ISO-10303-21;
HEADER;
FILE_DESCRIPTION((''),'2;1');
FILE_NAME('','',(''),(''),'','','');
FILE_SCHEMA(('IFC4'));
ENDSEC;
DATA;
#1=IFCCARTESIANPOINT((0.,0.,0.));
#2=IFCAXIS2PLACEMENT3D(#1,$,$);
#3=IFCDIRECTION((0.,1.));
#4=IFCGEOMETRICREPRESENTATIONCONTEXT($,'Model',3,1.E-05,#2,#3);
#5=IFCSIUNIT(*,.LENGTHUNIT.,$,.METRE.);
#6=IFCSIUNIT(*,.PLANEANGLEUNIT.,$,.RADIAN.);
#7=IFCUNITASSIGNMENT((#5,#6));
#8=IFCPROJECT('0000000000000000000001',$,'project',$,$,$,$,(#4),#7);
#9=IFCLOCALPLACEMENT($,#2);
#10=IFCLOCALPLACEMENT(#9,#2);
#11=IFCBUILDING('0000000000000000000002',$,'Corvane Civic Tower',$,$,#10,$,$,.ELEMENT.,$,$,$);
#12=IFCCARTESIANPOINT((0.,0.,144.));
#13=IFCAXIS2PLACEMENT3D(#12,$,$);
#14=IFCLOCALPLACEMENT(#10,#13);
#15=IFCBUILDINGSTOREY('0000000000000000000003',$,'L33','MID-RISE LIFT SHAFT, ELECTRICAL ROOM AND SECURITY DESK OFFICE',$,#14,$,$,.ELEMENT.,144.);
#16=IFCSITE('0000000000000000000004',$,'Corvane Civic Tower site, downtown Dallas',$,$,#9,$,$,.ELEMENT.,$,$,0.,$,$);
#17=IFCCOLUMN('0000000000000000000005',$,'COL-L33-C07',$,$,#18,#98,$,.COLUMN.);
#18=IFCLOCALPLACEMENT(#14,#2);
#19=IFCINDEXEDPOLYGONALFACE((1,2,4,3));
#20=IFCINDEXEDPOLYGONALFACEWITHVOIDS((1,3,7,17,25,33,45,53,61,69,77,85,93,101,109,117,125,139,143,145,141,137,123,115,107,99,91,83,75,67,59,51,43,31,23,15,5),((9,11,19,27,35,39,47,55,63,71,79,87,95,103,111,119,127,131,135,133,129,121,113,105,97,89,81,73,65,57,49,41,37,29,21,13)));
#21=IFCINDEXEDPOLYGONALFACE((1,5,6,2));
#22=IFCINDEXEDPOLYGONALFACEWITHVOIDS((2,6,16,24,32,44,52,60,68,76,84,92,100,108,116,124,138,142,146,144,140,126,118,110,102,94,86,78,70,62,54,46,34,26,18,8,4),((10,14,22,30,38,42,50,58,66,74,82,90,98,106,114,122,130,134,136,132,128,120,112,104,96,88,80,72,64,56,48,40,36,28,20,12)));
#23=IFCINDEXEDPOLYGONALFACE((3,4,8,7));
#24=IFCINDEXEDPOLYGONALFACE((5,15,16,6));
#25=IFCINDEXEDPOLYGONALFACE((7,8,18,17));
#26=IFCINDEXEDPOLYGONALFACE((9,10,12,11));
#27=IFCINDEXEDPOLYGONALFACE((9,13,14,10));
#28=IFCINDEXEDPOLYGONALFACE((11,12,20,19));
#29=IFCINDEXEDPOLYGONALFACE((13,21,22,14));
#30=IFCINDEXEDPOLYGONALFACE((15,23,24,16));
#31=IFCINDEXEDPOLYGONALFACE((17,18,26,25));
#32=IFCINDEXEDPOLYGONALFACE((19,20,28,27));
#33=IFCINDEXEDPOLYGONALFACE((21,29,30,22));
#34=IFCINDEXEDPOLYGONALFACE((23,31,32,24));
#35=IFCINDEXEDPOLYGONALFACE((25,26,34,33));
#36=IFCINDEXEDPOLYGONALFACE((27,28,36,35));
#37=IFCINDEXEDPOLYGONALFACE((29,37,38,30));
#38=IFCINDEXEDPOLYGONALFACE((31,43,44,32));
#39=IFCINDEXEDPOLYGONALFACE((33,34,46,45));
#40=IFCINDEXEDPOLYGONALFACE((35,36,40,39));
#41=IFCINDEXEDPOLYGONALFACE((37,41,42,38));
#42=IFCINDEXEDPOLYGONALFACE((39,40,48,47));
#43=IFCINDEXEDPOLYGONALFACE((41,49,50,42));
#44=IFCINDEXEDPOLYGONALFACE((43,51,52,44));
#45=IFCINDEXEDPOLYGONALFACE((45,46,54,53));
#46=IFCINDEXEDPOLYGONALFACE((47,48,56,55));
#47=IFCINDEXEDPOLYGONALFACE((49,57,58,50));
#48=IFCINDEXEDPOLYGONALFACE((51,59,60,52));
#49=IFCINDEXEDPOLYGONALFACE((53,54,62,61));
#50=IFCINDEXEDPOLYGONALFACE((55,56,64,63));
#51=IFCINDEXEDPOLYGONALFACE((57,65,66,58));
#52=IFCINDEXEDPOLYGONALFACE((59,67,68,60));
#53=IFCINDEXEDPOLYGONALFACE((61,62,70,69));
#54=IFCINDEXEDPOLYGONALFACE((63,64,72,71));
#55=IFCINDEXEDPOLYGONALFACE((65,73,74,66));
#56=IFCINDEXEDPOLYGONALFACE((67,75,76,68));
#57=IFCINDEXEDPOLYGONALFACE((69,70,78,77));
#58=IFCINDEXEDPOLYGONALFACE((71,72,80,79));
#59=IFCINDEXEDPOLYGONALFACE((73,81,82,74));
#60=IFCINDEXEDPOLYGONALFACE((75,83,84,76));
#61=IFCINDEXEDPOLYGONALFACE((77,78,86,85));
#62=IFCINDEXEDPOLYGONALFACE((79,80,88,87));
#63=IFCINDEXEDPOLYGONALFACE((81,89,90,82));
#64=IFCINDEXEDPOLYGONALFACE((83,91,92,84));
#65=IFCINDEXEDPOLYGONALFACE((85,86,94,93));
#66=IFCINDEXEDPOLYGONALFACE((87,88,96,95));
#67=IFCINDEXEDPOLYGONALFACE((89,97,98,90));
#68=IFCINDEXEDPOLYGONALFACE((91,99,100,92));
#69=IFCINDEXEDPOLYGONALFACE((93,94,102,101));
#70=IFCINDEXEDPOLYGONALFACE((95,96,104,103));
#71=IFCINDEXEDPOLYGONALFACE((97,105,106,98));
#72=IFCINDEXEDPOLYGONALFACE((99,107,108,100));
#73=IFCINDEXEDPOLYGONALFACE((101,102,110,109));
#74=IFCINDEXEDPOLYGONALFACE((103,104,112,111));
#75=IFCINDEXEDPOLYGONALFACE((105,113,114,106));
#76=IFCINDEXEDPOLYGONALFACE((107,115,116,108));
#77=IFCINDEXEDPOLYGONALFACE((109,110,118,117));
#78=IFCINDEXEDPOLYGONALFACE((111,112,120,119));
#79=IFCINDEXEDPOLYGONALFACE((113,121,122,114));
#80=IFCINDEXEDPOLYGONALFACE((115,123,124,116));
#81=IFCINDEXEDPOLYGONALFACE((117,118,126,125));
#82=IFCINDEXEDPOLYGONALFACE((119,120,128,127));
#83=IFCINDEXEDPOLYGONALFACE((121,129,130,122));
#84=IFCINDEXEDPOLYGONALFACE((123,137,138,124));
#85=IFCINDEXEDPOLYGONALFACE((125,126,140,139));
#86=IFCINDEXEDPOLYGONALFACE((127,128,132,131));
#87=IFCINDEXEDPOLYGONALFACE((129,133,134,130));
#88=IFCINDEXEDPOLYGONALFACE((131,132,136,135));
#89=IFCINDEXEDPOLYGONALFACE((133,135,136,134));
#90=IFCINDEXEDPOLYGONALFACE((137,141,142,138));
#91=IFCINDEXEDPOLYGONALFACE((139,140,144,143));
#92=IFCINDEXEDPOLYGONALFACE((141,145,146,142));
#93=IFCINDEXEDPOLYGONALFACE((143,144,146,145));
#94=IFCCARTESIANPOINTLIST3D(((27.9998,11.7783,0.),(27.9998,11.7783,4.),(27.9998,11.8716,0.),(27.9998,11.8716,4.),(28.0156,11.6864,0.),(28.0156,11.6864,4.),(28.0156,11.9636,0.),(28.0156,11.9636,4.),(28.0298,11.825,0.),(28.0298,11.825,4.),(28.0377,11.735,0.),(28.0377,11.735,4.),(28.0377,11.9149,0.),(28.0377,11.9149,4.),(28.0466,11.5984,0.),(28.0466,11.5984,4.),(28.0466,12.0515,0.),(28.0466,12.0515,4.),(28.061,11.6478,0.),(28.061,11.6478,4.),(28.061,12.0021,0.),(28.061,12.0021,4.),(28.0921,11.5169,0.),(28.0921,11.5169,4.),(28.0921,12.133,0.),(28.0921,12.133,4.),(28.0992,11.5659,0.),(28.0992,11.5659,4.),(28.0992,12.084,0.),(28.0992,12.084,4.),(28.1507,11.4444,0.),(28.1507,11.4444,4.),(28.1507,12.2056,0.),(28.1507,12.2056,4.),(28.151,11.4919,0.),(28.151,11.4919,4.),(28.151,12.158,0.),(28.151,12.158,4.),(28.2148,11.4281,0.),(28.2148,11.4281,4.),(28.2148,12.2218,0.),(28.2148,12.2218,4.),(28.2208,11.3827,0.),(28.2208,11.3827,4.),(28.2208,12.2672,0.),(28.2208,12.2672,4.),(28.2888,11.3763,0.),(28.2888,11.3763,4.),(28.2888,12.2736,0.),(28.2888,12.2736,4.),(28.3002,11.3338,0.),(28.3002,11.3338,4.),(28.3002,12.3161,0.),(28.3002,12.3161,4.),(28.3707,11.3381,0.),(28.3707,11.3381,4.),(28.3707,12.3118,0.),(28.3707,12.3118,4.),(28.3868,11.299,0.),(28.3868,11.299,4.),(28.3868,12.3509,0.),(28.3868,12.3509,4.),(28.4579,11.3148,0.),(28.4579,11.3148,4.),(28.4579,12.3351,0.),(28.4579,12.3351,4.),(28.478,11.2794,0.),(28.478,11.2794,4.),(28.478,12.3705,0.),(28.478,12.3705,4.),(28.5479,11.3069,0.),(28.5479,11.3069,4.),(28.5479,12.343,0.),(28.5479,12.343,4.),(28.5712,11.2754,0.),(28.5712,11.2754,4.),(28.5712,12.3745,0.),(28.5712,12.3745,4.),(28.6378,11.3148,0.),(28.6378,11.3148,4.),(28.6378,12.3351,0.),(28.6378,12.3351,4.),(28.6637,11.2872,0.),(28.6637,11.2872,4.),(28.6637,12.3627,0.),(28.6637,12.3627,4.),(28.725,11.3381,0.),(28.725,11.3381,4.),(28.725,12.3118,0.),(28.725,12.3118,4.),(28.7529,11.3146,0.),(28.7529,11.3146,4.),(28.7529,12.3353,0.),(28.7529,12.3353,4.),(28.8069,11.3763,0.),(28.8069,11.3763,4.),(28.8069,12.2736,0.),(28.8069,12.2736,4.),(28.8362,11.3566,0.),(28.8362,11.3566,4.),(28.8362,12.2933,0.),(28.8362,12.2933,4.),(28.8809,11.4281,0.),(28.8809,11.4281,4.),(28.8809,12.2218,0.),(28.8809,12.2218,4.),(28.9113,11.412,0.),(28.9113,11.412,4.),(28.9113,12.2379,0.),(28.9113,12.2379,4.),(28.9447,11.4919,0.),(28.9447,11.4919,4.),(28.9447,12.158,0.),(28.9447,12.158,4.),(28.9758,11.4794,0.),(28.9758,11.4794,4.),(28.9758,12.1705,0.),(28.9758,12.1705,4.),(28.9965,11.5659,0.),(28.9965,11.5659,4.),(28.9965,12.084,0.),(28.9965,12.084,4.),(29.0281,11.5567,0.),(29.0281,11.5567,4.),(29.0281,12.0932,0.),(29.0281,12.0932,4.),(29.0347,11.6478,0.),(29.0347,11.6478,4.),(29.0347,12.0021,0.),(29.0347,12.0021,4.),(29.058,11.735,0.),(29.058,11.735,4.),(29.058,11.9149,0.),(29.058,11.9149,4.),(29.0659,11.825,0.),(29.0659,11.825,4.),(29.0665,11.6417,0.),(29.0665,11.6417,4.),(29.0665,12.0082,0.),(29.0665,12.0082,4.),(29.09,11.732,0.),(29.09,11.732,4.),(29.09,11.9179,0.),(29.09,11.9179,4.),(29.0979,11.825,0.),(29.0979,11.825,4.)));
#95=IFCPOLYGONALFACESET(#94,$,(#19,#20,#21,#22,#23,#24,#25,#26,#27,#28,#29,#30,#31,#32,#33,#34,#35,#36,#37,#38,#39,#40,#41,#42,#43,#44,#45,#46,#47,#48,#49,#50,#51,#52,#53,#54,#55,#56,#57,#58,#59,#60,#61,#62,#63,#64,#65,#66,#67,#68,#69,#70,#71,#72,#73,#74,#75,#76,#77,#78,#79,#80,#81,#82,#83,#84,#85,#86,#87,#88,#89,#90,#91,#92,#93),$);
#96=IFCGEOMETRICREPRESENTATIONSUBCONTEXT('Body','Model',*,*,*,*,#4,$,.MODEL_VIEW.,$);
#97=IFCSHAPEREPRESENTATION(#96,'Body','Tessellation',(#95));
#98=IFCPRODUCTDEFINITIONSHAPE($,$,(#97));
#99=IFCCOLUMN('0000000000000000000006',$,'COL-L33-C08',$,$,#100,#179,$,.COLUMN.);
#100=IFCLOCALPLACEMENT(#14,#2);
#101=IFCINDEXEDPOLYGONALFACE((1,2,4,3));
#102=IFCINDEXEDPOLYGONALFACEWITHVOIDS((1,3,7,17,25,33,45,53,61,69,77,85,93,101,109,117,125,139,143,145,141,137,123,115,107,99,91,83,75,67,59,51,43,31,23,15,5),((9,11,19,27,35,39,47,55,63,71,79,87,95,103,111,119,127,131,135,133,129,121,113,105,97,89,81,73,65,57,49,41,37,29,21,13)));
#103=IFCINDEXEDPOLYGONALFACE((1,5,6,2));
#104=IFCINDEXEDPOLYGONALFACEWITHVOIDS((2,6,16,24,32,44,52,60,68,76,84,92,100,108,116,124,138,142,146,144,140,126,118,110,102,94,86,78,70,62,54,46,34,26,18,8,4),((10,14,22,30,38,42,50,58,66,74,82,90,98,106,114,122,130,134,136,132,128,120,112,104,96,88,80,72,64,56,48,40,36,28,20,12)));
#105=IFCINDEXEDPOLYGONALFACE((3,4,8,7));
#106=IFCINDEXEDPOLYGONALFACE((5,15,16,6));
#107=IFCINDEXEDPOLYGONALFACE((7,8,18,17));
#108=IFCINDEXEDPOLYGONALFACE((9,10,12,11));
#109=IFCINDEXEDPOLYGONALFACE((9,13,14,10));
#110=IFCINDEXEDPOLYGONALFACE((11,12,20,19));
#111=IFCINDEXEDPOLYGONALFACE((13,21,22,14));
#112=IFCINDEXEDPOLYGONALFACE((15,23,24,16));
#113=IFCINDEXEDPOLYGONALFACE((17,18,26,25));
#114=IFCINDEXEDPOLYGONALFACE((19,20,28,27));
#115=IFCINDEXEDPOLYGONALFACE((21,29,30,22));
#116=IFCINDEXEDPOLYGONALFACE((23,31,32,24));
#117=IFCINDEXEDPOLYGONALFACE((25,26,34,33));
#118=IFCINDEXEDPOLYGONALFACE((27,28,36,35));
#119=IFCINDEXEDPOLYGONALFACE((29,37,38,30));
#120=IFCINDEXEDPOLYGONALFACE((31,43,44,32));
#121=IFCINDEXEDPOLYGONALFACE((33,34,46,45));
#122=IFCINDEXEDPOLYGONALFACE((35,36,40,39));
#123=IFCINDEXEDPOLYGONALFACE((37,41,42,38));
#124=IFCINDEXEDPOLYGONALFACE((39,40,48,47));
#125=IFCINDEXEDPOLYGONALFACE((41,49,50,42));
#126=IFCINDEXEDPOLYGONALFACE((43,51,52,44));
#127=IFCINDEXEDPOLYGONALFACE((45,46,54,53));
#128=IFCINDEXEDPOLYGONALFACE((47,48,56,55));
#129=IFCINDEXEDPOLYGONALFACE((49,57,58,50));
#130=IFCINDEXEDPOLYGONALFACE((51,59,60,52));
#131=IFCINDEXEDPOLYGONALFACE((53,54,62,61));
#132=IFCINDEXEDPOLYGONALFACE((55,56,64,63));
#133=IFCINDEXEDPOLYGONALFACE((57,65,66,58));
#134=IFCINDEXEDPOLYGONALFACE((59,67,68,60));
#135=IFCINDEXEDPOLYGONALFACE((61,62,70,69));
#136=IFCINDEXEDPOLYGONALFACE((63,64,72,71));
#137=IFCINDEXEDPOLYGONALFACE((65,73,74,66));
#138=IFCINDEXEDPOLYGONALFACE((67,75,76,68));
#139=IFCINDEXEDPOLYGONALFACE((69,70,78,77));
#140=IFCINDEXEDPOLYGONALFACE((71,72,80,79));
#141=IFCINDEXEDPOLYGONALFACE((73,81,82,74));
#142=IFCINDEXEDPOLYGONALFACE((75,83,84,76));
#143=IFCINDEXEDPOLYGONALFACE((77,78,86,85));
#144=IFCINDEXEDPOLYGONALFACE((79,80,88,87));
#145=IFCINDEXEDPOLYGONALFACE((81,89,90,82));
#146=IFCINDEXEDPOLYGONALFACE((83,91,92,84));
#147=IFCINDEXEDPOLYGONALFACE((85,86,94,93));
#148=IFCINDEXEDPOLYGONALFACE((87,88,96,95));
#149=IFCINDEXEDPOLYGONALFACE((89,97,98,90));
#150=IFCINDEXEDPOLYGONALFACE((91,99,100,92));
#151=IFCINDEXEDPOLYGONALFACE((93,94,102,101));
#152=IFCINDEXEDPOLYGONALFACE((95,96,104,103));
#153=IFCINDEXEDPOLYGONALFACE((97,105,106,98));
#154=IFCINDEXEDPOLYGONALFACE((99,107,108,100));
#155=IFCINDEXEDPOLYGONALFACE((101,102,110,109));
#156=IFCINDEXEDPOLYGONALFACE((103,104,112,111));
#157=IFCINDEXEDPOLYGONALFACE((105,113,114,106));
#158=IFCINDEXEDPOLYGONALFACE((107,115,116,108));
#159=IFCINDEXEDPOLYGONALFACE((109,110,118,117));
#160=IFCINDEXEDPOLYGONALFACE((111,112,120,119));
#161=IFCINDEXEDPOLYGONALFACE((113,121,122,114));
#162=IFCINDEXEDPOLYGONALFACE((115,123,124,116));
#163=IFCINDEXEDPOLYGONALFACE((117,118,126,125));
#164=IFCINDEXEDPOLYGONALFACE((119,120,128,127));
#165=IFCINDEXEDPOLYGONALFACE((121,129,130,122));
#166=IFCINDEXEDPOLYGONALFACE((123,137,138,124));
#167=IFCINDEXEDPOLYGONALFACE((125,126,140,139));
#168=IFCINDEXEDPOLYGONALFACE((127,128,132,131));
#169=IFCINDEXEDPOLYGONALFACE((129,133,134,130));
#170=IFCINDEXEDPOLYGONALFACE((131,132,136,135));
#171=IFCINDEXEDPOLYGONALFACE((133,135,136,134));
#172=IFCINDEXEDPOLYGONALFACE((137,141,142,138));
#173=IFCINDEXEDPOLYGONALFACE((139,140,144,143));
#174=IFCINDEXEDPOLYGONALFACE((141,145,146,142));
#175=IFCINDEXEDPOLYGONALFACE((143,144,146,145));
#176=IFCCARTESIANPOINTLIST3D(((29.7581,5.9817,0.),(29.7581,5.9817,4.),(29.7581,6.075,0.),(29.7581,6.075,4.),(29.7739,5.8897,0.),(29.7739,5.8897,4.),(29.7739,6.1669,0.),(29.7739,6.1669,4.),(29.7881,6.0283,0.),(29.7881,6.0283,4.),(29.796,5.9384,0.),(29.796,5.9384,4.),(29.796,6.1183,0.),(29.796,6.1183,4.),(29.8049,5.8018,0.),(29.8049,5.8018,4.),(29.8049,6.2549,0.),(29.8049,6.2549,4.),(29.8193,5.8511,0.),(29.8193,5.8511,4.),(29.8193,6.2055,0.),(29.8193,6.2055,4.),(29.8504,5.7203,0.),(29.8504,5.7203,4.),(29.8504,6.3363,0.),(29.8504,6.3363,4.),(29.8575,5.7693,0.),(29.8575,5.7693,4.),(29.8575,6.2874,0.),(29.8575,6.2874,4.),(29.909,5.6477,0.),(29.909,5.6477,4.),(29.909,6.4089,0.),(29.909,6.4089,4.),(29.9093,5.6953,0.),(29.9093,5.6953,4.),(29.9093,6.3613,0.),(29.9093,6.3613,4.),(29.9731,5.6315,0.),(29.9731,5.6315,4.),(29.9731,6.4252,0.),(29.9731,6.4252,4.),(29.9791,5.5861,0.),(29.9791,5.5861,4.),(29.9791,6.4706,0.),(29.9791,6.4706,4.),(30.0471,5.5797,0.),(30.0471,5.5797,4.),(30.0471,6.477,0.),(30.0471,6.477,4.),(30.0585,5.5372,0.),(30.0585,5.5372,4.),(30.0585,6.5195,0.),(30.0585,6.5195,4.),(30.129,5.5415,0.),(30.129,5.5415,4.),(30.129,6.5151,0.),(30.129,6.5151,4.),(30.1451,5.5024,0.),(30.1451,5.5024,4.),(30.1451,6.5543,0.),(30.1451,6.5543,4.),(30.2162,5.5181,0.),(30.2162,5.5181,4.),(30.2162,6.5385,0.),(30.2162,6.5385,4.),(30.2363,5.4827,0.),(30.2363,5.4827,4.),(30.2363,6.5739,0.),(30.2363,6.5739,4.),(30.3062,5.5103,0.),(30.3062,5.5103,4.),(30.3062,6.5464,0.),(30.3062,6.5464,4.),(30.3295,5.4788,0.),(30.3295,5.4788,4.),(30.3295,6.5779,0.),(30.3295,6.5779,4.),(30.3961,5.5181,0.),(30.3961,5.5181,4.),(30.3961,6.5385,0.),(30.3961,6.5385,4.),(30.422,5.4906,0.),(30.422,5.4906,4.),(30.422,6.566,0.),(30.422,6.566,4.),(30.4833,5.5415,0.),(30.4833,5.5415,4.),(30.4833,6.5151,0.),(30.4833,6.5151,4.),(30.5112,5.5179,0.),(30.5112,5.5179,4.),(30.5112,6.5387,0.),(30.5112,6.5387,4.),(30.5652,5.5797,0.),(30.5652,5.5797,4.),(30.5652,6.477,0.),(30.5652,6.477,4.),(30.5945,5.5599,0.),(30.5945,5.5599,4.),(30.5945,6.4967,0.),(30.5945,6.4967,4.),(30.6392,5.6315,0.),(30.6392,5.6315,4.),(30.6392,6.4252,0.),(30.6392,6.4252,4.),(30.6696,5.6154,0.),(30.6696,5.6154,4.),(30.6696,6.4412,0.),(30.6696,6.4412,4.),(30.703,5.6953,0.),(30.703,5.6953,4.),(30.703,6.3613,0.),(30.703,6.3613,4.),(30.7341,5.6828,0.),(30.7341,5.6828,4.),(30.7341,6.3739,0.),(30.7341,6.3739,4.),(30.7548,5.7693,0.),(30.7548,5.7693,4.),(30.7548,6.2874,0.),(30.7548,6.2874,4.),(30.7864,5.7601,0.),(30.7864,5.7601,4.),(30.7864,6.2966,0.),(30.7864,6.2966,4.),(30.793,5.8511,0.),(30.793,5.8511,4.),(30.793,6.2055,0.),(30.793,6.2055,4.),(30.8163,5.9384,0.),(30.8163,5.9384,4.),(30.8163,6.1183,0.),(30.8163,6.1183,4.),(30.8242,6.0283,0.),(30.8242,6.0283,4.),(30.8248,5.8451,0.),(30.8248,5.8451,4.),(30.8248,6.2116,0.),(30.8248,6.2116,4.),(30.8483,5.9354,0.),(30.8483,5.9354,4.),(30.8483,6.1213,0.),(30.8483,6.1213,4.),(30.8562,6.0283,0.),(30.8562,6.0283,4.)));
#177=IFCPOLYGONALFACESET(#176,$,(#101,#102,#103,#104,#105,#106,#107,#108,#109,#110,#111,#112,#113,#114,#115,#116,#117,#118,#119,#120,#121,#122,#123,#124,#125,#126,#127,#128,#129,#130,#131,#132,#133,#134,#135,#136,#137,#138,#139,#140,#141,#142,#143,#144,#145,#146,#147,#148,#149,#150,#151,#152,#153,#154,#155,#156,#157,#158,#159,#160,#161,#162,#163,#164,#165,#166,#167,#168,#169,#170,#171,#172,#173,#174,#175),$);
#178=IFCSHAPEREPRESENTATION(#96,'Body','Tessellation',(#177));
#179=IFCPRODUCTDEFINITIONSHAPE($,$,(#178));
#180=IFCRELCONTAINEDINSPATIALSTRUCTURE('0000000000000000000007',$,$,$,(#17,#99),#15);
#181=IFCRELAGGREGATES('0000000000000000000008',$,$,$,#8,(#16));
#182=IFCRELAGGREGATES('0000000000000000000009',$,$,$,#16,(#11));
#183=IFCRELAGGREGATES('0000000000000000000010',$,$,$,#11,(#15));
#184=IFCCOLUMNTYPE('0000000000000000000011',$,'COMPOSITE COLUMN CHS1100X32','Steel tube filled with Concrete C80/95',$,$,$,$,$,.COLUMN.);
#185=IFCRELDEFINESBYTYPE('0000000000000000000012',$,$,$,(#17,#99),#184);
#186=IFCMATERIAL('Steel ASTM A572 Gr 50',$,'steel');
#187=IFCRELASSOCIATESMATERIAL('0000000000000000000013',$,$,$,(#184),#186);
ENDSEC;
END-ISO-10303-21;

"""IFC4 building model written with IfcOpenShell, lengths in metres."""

from ifc_helpers import new_model, si_unit, direction, frame, origin, origin_2d, place, context, subcontext, project, spatial, hollow_circle, extrude, material, material_profile, profile_set, type_object, element, save


model = new_model("IFC4")

# Units and contexts
model_context = context("Model", 3, precision=1e-05, world=origin(), true_north=direction((0.0, 1.0)))
body_context = subcontext(model_context, "Body", "Model", "MODEL_VIEW")
ifc_project = project(units=[si_unit("LENGTHUNIT", "METRE"), si_unit("PLANEANGLEUNIT", "RADIAN")], contexts=[model_context])

# Site, building, storey
site_placement = place(None, origin())
site = spatial("IfcSite", under=ifc_project, at=site_placement, Name="Corvane Civic Tower site, downtown Dallas", CompositionType="ELEMENT", RefElevation=0.0)
building_placement = place(site_placement, origin())
building = spatial("IfcBuilding", under=site, at=building_placement, Name="Corvane Civic Tower", CompositionType="ELEMENT")
storey_placement = place(building_placement, frame((0.0, 0.0, 144.0)))
storey = spatial("IfcBuildingStorey", under=building, at=storey_placement, Name="L33", Description="MID-RISE LIFT SHAFT, ELECTRICAL ROOM AND SECURITY DESK OFFICE", CompositionType="ELEMENT", Elevation=144.0)

# Columns
ifc_material_1 = material(Name="Steel ASTM A572 Gr 50", Category="steel")
ifc_material_profile_1 = material_profile(ifc_material_1, hollow_circle(Radius=0.55, WallThickness=0.032, at=origin_2d()), Name="CHS1100X32")
ifc_profile_set_1 = profile_set([ifc_material_profile_1], Name="Steel ASTM A572 Gr 50")
column_type = type_object("IfcColumnType", Name="COMPOSITE COLUMN CHS1100X32", Description="Steel tube filled with Concrete C80/95", PredefinedType="COLUMN", material=ifc_profile_set_1)
for number, where, z_axis, x_axis, name in (
    (1, (28.5479, 11.825, 0.0), (0.0, 0.0, 1.0), (1.0, 0.0, 0.0), "COL-L33-C07"),
    (2, (30.3062, 6.0283, 0.0), (0.0, 0.0, 1.0), (1.0, 0.0, 0.0), "COL-L33-C08"),
):
    element("IfcColumn", number, at=place(storey_placement, frame(where, z_axis=z_axis, x_axis=x_axis)), inside=storey, type_object=column_type, Name=name, PredefinedType="COLUMN", context=body_context, shape_type="SweptSolid", body=[
        extrude(hollow_circle(Radius=0.55, WallThickness=0.032, at=origin_2d()), origin(), (0.0, 0.0, 1.0), 4.0),
    ])

save(model, "model.ifc")
